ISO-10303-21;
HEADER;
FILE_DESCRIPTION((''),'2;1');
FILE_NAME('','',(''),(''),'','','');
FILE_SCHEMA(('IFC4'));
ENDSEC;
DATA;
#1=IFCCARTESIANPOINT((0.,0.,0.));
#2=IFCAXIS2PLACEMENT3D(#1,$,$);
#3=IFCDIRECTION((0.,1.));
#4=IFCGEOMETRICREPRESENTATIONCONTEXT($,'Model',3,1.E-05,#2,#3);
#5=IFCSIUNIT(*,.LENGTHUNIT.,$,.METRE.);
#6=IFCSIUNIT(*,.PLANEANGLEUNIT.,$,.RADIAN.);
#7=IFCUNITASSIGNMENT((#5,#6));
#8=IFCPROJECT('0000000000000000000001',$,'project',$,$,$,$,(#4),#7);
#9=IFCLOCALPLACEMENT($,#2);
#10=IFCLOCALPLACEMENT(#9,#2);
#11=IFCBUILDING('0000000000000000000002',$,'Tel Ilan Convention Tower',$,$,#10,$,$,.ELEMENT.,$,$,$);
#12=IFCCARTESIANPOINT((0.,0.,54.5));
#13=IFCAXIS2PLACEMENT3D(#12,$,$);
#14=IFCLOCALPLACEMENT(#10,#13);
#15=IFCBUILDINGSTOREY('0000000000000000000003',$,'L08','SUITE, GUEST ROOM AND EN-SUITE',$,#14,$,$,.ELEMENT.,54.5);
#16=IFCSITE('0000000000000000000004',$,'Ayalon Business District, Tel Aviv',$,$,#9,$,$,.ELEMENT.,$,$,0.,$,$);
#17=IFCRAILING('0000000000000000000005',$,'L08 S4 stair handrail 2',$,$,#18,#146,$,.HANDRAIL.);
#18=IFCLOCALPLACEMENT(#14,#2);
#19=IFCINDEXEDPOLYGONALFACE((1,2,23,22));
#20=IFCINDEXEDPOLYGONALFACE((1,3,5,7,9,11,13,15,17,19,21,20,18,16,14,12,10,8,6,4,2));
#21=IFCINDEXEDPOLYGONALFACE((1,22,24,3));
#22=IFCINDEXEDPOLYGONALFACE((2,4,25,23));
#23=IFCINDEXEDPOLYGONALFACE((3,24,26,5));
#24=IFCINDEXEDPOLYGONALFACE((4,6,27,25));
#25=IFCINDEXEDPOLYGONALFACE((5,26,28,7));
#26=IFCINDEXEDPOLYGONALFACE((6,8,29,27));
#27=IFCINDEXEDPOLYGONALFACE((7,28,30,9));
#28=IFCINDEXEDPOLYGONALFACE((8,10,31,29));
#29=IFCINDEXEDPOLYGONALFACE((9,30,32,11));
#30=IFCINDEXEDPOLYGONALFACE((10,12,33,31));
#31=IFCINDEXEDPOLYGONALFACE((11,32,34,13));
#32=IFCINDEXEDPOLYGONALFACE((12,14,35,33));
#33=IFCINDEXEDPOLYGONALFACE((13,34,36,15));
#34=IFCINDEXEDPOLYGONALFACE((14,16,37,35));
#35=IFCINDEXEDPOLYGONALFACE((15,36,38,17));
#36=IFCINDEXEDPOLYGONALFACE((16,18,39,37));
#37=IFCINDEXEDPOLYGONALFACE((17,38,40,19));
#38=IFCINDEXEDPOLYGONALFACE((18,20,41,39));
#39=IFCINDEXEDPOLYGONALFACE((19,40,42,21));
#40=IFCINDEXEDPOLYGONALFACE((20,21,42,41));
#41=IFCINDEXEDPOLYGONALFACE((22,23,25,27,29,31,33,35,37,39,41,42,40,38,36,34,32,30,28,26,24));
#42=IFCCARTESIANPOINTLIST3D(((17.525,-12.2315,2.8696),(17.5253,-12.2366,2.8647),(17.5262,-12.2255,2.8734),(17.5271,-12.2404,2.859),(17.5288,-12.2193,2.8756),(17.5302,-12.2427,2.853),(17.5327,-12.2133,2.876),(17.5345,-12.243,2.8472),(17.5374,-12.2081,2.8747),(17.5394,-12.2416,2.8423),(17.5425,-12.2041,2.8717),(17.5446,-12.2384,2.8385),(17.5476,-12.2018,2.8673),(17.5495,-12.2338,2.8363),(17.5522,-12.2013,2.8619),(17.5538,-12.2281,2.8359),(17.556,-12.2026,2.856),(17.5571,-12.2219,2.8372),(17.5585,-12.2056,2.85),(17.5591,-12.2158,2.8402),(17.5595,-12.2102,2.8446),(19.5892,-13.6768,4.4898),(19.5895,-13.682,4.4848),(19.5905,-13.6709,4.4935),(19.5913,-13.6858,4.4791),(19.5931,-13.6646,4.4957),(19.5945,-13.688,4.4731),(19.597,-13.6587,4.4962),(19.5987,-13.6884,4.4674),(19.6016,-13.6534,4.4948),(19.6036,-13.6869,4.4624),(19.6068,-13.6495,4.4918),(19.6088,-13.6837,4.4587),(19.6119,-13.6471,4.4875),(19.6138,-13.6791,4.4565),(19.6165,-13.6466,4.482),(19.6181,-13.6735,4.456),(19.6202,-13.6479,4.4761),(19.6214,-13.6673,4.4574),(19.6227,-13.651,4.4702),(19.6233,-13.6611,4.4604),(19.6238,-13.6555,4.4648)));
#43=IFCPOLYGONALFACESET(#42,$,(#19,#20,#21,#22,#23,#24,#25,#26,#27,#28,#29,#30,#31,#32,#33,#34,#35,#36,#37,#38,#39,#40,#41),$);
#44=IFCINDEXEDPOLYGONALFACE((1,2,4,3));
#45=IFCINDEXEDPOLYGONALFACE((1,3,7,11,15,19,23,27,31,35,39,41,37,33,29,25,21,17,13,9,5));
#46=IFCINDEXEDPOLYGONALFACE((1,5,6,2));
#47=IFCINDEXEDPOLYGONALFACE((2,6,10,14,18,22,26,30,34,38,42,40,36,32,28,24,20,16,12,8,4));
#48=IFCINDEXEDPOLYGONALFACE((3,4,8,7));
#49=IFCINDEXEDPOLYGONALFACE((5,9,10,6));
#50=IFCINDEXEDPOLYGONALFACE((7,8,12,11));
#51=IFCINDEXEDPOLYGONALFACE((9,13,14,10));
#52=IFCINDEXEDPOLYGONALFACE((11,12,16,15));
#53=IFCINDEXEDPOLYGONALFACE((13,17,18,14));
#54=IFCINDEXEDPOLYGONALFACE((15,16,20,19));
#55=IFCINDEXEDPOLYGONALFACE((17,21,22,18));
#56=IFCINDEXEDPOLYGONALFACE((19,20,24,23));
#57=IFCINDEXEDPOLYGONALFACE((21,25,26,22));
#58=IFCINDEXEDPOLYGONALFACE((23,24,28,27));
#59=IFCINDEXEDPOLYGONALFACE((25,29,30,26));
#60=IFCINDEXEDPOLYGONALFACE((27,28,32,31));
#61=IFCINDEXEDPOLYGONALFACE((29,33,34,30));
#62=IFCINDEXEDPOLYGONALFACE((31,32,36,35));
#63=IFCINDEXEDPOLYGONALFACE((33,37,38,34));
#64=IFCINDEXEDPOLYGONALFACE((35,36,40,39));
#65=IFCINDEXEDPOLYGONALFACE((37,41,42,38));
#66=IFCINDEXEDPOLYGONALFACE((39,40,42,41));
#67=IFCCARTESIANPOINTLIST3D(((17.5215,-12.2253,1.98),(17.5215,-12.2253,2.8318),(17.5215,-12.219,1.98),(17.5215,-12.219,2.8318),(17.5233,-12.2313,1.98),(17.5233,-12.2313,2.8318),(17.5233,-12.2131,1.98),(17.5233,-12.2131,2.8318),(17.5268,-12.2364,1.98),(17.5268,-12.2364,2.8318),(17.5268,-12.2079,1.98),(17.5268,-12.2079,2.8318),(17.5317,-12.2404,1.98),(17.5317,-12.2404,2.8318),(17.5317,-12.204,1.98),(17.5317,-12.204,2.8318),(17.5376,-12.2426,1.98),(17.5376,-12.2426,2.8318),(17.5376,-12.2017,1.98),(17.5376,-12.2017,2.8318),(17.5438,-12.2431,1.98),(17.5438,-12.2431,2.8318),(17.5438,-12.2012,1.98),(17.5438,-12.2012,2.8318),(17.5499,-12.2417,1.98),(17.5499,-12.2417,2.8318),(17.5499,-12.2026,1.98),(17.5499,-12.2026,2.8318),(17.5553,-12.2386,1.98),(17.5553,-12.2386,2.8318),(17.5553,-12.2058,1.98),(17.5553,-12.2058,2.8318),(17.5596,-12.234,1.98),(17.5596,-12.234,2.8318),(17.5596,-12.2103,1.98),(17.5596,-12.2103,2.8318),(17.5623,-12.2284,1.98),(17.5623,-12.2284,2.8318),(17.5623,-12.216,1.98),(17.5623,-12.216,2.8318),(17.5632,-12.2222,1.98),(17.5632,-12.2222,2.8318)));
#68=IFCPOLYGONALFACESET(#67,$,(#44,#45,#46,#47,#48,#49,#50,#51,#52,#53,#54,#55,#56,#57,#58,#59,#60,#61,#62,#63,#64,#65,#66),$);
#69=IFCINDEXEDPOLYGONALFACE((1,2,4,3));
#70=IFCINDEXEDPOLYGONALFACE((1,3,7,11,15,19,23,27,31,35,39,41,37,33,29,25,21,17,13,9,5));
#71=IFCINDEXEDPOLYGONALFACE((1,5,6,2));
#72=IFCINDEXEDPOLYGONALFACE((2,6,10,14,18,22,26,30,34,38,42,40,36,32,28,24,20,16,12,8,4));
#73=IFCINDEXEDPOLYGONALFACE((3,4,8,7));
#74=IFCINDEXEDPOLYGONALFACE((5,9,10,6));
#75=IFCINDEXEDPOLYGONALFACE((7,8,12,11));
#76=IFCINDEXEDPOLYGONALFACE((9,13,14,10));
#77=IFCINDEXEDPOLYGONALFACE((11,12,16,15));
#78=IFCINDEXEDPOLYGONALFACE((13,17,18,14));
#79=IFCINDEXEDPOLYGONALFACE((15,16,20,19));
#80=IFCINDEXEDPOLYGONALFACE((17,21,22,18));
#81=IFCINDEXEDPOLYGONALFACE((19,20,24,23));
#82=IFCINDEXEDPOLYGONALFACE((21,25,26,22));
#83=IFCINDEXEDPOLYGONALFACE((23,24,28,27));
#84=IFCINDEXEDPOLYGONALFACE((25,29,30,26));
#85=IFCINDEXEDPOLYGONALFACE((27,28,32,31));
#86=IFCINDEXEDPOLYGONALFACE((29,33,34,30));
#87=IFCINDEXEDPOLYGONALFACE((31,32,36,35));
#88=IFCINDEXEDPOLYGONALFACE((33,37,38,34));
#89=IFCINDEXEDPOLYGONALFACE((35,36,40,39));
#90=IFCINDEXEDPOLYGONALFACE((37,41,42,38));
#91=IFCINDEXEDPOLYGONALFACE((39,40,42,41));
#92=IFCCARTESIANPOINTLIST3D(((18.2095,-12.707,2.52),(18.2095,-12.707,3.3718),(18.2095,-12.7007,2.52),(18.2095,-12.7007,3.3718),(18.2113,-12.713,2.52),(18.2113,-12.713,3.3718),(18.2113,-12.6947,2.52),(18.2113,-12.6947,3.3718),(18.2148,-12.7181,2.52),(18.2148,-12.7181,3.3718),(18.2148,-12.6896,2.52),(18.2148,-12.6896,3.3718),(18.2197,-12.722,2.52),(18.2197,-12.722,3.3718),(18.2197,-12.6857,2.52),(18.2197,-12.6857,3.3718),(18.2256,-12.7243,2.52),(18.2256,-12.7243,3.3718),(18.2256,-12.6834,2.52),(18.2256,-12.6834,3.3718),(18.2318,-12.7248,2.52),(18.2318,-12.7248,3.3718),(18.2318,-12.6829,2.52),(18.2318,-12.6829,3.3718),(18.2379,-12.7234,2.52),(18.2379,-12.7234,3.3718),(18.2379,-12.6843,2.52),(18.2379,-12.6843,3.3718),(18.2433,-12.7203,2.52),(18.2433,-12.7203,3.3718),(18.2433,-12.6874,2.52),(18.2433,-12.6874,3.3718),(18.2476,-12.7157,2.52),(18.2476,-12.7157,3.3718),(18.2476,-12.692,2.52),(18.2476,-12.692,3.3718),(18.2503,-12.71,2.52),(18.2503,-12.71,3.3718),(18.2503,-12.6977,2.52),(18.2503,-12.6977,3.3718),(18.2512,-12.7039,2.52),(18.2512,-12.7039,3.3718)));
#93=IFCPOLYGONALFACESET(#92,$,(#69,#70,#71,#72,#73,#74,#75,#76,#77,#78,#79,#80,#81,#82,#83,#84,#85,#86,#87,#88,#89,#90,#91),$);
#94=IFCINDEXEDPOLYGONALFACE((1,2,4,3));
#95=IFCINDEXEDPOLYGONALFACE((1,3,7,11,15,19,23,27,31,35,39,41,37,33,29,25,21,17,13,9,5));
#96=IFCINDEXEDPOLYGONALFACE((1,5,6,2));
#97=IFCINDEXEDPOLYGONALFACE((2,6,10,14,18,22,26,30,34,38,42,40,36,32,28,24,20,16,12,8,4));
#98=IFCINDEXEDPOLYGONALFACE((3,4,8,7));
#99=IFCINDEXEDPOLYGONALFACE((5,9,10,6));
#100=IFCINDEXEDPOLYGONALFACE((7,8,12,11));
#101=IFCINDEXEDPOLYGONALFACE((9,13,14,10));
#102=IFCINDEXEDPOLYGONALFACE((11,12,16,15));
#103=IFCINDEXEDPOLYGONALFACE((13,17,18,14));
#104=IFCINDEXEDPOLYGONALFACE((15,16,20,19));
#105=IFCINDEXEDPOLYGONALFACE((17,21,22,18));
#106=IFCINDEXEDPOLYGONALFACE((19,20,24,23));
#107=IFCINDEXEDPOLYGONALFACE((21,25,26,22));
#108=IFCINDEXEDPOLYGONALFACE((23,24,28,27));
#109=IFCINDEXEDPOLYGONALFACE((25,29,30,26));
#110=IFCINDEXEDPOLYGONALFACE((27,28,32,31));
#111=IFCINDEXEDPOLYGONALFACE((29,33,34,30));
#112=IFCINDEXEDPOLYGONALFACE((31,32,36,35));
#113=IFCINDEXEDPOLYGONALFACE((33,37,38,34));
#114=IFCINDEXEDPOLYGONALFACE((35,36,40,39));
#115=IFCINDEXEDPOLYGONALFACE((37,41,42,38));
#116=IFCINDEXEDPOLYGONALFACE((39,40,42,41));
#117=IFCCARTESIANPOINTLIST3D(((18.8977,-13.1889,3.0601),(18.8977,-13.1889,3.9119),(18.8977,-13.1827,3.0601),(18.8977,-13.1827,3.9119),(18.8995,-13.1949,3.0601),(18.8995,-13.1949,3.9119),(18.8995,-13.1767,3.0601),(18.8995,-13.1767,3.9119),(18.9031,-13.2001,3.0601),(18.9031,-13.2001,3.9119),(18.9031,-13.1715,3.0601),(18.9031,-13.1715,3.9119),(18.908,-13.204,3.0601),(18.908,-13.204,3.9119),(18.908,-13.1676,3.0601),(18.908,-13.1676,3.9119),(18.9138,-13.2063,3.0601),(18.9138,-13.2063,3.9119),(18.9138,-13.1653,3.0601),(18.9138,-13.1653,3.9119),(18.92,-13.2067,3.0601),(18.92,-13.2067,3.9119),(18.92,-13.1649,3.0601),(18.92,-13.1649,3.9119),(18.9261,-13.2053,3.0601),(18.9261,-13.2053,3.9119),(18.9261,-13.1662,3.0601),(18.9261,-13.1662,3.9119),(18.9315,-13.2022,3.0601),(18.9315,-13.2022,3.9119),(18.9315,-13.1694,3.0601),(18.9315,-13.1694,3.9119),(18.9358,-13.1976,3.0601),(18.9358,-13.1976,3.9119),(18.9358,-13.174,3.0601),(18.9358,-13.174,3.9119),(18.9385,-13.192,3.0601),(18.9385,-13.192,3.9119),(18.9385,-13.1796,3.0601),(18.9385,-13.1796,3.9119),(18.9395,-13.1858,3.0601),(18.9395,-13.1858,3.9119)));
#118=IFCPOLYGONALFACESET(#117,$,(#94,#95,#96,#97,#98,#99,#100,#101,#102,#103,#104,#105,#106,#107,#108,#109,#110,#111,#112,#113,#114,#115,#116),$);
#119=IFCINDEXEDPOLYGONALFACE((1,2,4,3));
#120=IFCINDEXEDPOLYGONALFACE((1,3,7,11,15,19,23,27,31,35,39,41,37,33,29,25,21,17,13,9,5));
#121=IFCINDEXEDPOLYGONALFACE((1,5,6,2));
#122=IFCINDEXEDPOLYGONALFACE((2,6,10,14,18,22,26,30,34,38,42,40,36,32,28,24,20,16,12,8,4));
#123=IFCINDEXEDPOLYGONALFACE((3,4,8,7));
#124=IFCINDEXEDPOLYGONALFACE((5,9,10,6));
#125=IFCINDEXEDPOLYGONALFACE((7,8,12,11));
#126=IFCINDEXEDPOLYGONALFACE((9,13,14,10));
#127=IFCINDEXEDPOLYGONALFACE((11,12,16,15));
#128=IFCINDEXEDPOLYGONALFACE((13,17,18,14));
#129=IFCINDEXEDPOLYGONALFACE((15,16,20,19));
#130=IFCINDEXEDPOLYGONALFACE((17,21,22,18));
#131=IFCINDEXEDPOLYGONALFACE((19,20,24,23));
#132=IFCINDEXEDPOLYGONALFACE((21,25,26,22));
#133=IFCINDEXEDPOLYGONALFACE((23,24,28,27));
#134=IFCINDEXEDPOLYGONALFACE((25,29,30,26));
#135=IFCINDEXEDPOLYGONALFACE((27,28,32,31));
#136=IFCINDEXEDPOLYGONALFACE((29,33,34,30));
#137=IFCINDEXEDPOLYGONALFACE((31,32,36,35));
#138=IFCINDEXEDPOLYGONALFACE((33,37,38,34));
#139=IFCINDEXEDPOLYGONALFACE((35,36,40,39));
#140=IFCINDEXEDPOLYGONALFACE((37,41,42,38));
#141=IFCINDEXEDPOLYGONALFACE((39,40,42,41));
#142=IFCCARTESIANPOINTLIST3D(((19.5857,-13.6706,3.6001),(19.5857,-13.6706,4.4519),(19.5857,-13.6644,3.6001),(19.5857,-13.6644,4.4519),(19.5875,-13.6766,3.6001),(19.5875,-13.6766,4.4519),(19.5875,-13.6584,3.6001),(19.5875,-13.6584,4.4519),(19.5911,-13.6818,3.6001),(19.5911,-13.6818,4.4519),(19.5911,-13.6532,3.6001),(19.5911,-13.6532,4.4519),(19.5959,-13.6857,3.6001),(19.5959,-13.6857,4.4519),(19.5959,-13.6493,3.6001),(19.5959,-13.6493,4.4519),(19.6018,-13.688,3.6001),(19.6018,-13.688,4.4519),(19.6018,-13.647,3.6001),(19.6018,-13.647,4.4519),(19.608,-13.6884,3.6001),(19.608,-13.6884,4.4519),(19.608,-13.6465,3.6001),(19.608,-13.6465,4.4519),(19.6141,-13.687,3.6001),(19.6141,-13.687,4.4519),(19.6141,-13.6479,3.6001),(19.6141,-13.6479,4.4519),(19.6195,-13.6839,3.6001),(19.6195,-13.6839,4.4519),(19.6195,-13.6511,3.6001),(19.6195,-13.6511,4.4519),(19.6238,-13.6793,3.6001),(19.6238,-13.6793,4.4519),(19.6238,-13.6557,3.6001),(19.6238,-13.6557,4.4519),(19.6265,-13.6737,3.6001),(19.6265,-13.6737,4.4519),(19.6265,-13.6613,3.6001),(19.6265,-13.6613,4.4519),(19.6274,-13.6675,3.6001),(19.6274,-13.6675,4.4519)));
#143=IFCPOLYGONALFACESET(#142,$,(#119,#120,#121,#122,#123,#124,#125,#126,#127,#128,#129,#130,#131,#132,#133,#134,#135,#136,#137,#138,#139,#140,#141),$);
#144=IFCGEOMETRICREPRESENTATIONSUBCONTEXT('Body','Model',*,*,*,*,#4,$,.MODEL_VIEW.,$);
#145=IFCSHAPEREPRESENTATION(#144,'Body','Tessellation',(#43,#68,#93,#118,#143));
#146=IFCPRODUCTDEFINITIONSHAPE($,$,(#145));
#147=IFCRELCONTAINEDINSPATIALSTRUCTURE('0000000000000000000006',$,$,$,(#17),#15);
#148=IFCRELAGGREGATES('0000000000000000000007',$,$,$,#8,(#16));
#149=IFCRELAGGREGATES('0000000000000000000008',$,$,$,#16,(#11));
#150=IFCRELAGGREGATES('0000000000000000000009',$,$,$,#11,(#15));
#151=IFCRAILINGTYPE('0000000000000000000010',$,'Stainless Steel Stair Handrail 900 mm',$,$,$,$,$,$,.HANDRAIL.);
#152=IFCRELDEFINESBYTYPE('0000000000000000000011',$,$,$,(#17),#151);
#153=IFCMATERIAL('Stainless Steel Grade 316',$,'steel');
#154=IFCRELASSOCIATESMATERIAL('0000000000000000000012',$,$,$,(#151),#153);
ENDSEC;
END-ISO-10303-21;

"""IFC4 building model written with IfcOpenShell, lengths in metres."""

from ifc_helpers import new_model, si_unit, direction, frame, origin, origin_2d, place, context, subcontext, project, spatial, circle, extrude, material, type_object, element, save


model = new_model("IFC4")

# Units and contexts
model_context = context("Model", 3, precision=1e-05, world=origin(), true_north=direction((0.0, 1.0)))
body_context = subcontext(model_context, "Body", "Model", "MODEL_VIEW")
ifc_project = project(units=[si_unit("LENGTHUNIT", "METRE"), si_unit("PLANEANGLEUNIT", "RADIAN")], contexts=[model_context])

# Site, building, storey
site_placement = place(None, origin())
site = spatial("IfcSite", under=ifc_project, at=site_placement, Name="Ayalon Business District, Tel Aviv", CompositionType="ELEMENT", RefElevation=0.0)
building_placement = place(site_placement, origin())
building = spatial("IfcBuilding", under=site, at=building_placement, Name="Tel Ilan Convention Tower", CompositionType="ELEMENT")
storey_placement = place(building_placement, frame((0.0, 0.0, 54.5)))
storey = spatial("IfcBuildingStorey", under=building, at=storey_placement, Name="L08", Description="SUITE, GUEST ROOM AND EN-SUITE", CompositionType="ELEMENT", Elevation=54.5)

# Railing
ifc_material_1 = material(Name="Stainless Steel Grade 316", Category="steel")
railing_type = type_object("IfcRailingType", Name="Stainless Steel Stair Handrail 900 mm", PredefinedType="HANDRAIL", material=ifc_material_1)
railing_placement = place(storey_placement, frame((17.5422, -12.2222, 1.98)))
element("IfcRailing", 1, at=railing_placement, inside=storey, type_object=railing_type, Name="L08 S4 stair handrail 2", PredefinedType="HANDRAIL", context=body_context, shape_type="SweptSolid", body=[
    extrude(circle(Radius=0.0239, at=origin_2d()), frame((0.0, 0.0, 0.876), z_axis=(0.68904, -0.48245, 0.540801), x_axis=(0.57356, 0.819164, 0.0)), (0.0, 0.0, 1.0), 2.9958),
    extrude(circle(Radius=0.021, at=origin_2d()), origin(), (0.0, 0.0, 1.0), 0.8518),
    extrude(circle(Radius=0.021, at=origin_2d()), frame((0.688, -0.4817, 0.54)), (0.0, 0.0, 1.0), 0.8518),
    extrude(circle(Radius=0.021, at=origin_2d()), frame((1.3762, -0.9636, 1.0801)), (0.0, 0.0, 1.0), 0.8518),
    extrude(circle(Radius=0.021, at=origin_2d()), frame((2.0642, -1.4453, 1.6201)), (0.0, 0.0, 1.0), 0.8518),
])

save(model, "model.ifc")
